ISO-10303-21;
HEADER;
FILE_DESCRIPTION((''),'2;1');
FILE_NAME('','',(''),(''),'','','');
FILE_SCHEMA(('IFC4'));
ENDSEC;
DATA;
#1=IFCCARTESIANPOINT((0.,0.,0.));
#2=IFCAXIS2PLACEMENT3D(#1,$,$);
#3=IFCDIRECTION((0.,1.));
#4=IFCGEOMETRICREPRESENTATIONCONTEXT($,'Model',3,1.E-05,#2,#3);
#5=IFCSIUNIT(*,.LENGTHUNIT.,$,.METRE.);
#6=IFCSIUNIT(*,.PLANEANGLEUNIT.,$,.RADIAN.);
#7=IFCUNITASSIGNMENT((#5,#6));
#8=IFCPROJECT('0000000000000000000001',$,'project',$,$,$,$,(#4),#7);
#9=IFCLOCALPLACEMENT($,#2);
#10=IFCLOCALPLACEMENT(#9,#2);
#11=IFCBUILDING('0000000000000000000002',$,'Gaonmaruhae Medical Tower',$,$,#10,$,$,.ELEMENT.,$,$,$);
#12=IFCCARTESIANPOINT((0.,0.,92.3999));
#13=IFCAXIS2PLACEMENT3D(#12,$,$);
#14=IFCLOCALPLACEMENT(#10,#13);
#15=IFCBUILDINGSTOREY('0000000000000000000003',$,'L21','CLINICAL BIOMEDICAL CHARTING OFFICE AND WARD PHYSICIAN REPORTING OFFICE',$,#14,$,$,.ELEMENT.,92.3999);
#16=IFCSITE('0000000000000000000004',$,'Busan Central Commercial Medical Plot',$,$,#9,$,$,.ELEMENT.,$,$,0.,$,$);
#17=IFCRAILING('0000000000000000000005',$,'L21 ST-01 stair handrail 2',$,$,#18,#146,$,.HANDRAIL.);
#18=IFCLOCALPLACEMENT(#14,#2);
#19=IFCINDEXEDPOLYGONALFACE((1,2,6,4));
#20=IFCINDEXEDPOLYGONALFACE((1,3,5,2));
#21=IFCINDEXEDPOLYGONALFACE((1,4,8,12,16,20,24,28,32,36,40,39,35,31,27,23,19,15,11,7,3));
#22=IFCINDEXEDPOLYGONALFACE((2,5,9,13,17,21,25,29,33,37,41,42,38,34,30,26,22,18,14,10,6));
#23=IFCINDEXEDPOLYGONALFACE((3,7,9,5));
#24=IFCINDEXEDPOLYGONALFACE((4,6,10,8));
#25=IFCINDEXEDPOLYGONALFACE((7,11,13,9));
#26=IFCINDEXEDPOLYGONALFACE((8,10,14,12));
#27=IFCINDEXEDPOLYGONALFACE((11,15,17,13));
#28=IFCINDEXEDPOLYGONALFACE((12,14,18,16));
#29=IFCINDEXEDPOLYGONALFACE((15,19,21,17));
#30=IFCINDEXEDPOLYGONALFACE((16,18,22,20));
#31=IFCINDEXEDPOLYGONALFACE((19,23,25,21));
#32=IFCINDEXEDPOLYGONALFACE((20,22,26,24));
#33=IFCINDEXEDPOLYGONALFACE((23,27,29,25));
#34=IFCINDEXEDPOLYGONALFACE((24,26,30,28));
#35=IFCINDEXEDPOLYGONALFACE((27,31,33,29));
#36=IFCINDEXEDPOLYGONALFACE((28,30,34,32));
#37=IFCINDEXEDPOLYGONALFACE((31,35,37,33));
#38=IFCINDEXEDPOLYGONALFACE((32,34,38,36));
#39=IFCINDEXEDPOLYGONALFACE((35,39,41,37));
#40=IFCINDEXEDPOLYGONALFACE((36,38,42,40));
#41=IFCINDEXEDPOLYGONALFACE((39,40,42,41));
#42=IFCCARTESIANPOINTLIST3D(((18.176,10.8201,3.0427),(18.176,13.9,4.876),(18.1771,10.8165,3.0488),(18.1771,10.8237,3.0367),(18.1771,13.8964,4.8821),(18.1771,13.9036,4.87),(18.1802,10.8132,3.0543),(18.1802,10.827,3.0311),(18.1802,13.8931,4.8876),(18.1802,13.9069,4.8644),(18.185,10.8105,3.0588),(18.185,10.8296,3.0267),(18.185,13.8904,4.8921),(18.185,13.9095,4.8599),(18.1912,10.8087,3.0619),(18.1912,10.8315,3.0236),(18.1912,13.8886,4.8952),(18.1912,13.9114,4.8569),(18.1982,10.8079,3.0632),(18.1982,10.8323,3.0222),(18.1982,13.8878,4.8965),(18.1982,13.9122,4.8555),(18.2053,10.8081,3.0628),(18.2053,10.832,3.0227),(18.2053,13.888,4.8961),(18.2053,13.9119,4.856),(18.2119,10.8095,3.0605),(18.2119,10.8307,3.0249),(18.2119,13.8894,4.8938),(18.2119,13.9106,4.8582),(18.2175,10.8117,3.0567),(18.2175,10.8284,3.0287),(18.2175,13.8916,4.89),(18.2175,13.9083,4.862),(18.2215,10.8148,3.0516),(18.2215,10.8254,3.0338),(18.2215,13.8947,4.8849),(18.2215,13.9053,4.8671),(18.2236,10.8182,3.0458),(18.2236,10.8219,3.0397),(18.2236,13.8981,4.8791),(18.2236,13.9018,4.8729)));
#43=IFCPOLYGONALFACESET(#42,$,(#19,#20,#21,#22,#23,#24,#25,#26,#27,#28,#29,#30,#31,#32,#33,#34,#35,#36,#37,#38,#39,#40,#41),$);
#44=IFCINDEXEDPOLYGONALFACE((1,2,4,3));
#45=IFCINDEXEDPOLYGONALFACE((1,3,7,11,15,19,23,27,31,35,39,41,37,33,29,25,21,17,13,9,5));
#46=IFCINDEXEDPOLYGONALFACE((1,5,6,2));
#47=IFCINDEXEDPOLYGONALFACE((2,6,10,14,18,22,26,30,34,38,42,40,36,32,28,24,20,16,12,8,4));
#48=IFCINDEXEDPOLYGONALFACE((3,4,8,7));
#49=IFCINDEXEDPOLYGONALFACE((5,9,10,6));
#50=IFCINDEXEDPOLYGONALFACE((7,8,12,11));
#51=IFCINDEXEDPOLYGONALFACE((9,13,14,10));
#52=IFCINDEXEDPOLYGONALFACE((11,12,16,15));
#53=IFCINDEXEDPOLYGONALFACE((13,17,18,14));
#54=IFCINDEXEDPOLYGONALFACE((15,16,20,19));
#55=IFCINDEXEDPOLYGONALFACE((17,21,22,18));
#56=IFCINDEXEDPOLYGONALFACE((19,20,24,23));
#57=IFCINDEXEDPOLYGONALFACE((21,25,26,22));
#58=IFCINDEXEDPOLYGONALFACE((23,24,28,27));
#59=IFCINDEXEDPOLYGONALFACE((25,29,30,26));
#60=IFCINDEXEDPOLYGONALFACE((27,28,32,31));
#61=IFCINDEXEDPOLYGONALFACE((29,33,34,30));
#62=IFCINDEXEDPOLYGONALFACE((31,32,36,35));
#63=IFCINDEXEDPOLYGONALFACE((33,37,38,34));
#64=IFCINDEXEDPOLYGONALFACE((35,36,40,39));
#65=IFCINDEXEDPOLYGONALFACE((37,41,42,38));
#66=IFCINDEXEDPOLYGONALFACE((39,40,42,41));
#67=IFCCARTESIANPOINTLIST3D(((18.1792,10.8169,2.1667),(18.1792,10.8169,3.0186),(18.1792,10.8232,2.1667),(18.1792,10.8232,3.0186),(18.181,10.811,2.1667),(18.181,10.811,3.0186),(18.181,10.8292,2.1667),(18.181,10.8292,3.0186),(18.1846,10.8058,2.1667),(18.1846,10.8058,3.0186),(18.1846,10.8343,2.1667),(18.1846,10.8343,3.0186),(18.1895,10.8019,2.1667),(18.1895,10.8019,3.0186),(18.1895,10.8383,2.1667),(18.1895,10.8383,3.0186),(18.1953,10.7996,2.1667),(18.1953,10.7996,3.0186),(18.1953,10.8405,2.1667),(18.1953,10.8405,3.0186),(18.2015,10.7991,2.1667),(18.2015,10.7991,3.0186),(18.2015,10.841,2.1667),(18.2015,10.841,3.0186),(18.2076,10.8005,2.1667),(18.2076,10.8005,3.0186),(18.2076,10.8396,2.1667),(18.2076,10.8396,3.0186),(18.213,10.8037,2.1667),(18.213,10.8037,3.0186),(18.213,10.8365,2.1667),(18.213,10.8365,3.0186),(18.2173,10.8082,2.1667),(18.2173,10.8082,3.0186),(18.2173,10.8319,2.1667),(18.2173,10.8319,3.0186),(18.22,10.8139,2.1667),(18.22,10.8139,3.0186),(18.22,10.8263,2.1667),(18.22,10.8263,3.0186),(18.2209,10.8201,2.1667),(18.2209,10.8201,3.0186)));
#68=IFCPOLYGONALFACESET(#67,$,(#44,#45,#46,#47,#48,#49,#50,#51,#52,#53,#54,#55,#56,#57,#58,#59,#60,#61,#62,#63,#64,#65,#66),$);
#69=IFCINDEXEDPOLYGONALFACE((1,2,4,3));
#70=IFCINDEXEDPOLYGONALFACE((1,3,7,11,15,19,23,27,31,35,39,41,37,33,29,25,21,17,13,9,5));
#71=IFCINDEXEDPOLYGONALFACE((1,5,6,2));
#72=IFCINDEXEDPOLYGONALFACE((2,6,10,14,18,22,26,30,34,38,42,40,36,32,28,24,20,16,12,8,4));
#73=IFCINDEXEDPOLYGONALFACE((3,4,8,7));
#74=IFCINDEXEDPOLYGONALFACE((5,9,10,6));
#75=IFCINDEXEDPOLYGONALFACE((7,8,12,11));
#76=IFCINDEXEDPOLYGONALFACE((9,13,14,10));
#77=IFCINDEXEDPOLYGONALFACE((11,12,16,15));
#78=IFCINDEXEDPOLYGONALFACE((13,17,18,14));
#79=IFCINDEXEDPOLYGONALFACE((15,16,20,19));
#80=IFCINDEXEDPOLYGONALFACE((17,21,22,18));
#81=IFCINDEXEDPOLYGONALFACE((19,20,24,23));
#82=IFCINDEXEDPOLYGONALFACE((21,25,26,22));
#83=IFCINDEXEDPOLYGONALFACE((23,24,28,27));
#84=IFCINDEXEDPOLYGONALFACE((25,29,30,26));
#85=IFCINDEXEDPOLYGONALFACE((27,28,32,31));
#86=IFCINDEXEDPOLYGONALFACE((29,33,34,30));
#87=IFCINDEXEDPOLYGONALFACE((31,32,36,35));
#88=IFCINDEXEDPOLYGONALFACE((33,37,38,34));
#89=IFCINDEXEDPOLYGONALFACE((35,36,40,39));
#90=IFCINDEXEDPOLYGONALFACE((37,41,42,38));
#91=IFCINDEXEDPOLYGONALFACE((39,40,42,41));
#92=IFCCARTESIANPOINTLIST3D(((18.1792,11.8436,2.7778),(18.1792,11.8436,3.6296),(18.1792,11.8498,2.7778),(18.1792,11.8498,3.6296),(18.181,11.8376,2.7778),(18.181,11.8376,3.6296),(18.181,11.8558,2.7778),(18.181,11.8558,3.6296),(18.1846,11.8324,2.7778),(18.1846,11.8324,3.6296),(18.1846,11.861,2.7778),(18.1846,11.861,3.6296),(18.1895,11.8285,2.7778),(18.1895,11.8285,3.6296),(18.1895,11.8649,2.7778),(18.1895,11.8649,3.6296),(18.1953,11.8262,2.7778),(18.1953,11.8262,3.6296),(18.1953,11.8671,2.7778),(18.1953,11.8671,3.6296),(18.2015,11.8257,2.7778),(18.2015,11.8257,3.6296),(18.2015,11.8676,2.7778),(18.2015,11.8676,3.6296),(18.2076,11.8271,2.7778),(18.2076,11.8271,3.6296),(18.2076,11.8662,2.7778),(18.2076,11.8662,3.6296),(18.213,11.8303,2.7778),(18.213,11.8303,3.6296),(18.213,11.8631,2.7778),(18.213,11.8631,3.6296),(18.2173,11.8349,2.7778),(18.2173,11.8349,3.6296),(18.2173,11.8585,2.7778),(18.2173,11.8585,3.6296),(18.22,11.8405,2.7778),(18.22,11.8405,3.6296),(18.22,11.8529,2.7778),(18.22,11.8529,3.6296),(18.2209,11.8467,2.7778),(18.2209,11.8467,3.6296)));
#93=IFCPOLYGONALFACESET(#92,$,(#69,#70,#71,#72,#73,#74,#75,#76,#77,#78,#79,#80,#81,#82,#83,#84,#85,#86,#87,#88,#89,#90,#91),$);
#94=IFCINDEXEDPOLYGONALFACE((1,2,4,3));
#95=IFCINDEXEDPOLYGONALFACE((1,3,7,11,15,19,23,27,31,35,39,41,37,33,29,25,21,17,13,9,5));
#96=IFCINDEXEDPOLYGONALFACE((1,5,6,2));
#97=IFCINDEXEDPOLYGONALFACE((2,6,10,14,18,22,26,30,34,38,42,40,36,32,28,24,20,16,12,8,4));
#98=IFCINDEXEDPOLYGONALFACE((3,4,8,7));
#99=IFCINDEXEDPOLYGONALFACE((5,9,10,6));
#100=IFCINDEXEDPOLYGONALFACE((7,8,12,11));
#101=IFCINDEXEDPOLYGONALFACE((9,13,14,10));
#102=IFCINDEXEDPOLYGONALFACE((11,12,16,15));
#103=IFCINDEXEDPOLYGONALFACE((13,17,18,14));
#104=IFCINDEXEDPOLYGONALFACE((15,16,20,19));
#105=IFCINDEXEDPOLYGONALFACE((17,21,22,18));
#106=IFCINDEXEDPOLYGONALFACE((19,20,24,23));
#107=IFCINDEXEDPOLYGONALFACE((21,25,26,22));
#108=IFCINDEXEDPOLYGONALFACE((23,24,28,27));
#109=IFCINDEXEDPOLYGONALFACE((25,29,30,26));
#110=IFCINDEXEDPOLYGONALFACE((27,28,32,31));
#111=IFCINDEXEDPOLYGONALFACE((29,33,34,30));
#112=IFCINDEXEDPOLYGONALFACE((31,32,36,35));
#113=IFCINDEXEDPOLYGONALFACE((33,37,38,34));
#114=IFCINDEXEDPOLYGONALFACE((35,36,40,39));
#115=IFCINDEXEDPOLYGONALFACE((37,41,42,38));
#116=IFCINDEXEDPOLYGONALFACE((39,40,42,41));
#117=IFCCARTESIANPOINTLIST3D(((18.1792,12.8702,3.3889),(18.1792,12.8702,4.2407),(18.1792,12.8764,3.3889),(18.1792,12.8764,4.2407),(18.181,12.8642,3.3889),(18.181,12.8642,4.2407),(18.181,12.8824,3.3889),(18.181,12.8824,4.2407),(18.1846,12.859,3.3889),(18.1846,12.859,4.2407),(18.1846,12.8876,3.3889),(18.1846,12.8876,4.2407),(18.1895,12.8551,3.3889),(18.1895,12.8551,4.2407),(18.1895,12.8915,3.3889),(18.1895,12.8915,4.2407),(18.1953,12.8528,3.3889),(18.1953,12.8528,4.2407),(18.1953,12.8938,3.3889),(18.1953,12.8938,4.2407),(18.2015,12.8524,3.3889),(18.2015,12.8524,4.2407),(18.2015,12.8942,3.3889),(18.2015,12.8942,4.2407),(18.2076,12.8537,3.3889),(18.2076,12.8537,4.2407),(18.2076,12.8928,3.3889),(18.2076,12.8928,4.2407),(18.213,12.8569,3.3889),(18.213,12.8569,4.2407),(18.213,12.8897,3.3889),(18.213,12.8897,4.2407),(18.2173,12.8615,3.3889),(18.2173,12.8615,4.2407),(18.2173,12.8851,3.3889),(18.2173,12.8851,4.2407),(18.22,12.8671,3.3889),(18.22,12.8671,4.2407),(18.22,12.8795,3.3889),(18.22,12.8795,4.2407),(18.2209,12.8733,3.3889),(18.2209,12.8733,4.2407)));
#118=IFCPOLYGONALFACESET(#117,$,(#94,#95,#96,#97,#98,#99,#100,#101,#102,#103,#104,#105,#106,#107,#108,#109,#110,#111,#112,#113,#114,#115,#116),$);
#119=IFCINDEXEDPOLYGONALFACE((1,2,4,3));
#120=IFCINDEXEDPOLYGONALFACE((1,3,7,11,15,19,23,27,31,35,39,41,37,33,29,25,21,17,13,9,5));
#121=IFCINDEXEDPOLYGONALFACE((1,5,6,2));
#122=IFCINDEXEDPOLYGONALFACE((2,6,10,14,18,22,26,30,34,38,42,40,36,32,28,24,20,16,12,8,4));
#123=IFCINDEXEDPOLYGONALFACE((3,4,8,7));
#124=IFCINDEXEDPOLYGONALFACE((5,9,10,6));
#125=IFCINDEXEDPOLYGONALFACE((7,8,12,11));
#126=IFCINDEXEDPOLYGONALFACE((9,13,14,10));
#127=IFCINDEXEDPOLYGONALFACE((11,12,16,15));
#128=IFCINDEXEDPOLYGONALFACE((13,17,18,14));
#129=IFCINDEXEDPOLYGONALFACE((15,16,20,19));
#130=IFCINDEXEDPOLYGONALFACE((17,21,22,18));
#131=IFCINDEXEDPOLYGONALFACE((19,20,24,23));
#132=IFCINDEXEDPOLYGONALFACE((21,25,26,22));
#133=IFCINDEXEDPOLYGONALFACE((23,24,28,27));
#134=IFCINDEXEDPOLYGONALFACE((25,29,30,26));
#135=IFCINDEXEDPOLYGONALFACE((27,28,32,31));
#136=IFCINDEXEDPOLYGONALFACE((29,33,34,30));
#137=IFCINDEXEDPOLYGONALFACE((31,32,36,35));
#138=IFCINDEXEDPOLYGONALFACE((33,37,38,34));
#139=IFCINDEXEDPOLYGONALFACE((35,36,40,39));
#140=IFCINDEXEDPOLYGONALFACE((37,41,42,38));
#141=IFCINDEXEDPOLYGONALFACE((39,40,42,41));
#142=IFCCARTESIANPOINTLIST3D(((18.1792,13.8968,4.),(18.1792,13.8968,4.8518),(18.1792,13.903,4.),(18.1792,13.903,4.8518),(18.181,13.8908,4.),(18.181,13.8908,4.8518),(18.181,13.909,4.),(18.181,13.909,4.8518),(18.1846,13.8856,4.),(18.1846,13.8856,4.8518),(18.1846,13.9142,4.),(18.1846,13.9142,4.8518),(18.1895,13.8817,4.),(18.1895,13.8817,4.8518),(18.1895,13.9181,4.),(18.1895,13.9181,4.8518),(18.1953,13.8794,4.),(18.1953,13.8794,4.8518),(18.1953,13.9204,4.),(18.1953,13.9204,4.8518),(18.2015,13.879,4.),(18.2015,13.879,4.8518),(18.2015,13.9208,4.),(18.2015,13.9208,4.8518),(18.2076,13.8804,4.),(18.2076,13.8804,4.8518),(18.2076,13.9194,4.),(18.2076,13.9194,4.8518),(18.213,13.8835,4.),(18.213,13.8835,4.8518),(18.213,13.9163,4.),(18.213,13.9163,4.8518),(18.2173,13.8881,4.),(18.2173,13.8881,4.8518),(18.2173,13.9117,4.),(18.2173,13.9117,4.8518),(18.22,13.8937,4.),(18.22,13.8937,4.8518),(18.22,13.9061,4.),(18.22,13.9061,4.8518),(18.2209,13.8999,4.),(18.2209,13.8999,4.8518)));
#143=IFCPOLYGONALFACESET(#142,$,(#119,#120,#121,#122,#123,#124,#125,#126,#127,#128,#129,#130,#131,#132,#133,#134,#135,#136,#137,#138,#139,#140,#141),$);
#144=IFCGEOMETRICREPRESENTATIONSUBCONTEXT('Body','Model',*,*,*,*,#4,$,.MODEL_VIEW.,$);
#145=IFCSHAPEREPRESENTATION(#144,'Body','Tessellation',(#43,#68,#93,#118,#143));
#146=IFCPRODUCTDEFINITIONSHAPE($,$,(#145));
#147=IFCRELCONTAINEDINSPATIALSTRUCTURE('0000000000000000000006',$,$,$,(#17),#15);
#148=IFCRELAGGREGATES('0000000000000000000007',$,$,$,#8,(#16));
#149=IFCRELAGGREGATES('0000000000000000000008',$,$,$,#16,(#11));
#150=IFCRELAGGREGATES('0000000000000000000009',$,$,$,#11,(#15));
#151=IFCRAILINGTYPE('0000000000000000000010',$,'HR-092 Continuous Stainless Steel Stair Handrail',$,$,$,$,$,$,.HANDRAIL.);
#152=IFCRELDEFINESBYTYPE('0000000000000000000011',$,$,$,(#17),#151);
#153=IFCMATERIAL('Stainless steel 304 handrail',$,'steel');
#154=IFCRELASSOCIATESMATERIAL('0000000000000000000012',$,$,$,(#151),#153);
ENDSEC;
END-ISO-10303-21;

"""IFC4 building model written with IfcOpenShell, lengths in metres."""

from ifc_helpers import new_model, si_unit, direction, frame, origin, origin_2d, place, context, subcontext, project, spatial, circle, extrude, material, type_object, element, save


model = new_model("IFC4")

# Units and contexts
model_context = context("Model", 3, precision=1e-05, world=origin(), true_north=direction((0.0, 1.0)))
body_context = subcontext(model_context, "Body", "Model", "MODEL_VIEW")
ifc_project = project(units=[si_unit("LENGTHUNIT", "METRE"), si_unit("PLANEANGLEUNIT", "RADIAN")], contexts=[model_context])

# Site, building, storey
site_placement = place(None, origin())
site = spatial("IfcSite", under=ifc_project, at=site_placement, Name="Busan Central Commercial Medical Plot", CompositionType="ELEMENT", RefElevation=0.0)
building_placement = place(site_placement, origin())
building = spatial("IfcBuilding", under=site, at=building_placement, Name="Gaonmaruhae Medical Tower", CompositionType="ELEMENT")
storey_placement = place(building_placement, frame((0.0, 0.0, 92.3999)))
storey = spatial("IfcBuildingStorey", under=building, at=storey_placement, Name="L21", Description="CLINICAL BIOMEDICAL CHARTING OFFICE AND WARD PHYSICIAN REPORTING OFFICE", CompositionType="ELEMENT", Elevation=92.3999)

# Railing
ifc_material_1 = material(Name="Stainless steel 304 handrail", Category="steel")
railing_type_1 = type_object("IfcRailingType", Name="HR-092 Continuous Stainless Steel Stair Handrail", PredefinedType="HANDRAIL", material=ifc_material_1)
railing_1_placement = place(storey_placement, frame((18.2, 10.8201, 2.1667)))
element("IfcRailing", 1, at=railing_1_placement, inside=storey, type_object=railing_type_1, Name="L21 ST-01 stair handrail 2", PredefinedType="HANDRAIL", context=body_context, shape_type="SweptSolid", body=[
    extrude(circle(Radius=0.0239, at=origin_2d()), frame((0.0, 0.0, 0.876), z_axis=(0.0, 0.859291, 0.511487), x_axis=(-1.0, 0.0, 0.0)), (0.0, 0.0, 1.0), 3.5842),
    extrude(circle(Radius=0.021, at=origin_2d()), origin(), (0.0, 0.0, 1.0), 0.8518),
    extrude(circle(Radius=0.021, at=origin_2d()), frame((0.0, 1.0266, 0.6111)), (0.0, 0.0, 1.0), 0.8518),
    extrude(circle(Radius=0.021, at=origin_2d()), frame((0.0, 2.0532, 1.2222)), (0.0, 0.0, 1.0), 0.8518),
    extrude(circle(Radius=0.021, at=origin_2d()), frame((0.0, 3.0798, 1.8333)), (0.0, 0.0, 1.0), 0.8518),
])

save(model, "model.ifc")
